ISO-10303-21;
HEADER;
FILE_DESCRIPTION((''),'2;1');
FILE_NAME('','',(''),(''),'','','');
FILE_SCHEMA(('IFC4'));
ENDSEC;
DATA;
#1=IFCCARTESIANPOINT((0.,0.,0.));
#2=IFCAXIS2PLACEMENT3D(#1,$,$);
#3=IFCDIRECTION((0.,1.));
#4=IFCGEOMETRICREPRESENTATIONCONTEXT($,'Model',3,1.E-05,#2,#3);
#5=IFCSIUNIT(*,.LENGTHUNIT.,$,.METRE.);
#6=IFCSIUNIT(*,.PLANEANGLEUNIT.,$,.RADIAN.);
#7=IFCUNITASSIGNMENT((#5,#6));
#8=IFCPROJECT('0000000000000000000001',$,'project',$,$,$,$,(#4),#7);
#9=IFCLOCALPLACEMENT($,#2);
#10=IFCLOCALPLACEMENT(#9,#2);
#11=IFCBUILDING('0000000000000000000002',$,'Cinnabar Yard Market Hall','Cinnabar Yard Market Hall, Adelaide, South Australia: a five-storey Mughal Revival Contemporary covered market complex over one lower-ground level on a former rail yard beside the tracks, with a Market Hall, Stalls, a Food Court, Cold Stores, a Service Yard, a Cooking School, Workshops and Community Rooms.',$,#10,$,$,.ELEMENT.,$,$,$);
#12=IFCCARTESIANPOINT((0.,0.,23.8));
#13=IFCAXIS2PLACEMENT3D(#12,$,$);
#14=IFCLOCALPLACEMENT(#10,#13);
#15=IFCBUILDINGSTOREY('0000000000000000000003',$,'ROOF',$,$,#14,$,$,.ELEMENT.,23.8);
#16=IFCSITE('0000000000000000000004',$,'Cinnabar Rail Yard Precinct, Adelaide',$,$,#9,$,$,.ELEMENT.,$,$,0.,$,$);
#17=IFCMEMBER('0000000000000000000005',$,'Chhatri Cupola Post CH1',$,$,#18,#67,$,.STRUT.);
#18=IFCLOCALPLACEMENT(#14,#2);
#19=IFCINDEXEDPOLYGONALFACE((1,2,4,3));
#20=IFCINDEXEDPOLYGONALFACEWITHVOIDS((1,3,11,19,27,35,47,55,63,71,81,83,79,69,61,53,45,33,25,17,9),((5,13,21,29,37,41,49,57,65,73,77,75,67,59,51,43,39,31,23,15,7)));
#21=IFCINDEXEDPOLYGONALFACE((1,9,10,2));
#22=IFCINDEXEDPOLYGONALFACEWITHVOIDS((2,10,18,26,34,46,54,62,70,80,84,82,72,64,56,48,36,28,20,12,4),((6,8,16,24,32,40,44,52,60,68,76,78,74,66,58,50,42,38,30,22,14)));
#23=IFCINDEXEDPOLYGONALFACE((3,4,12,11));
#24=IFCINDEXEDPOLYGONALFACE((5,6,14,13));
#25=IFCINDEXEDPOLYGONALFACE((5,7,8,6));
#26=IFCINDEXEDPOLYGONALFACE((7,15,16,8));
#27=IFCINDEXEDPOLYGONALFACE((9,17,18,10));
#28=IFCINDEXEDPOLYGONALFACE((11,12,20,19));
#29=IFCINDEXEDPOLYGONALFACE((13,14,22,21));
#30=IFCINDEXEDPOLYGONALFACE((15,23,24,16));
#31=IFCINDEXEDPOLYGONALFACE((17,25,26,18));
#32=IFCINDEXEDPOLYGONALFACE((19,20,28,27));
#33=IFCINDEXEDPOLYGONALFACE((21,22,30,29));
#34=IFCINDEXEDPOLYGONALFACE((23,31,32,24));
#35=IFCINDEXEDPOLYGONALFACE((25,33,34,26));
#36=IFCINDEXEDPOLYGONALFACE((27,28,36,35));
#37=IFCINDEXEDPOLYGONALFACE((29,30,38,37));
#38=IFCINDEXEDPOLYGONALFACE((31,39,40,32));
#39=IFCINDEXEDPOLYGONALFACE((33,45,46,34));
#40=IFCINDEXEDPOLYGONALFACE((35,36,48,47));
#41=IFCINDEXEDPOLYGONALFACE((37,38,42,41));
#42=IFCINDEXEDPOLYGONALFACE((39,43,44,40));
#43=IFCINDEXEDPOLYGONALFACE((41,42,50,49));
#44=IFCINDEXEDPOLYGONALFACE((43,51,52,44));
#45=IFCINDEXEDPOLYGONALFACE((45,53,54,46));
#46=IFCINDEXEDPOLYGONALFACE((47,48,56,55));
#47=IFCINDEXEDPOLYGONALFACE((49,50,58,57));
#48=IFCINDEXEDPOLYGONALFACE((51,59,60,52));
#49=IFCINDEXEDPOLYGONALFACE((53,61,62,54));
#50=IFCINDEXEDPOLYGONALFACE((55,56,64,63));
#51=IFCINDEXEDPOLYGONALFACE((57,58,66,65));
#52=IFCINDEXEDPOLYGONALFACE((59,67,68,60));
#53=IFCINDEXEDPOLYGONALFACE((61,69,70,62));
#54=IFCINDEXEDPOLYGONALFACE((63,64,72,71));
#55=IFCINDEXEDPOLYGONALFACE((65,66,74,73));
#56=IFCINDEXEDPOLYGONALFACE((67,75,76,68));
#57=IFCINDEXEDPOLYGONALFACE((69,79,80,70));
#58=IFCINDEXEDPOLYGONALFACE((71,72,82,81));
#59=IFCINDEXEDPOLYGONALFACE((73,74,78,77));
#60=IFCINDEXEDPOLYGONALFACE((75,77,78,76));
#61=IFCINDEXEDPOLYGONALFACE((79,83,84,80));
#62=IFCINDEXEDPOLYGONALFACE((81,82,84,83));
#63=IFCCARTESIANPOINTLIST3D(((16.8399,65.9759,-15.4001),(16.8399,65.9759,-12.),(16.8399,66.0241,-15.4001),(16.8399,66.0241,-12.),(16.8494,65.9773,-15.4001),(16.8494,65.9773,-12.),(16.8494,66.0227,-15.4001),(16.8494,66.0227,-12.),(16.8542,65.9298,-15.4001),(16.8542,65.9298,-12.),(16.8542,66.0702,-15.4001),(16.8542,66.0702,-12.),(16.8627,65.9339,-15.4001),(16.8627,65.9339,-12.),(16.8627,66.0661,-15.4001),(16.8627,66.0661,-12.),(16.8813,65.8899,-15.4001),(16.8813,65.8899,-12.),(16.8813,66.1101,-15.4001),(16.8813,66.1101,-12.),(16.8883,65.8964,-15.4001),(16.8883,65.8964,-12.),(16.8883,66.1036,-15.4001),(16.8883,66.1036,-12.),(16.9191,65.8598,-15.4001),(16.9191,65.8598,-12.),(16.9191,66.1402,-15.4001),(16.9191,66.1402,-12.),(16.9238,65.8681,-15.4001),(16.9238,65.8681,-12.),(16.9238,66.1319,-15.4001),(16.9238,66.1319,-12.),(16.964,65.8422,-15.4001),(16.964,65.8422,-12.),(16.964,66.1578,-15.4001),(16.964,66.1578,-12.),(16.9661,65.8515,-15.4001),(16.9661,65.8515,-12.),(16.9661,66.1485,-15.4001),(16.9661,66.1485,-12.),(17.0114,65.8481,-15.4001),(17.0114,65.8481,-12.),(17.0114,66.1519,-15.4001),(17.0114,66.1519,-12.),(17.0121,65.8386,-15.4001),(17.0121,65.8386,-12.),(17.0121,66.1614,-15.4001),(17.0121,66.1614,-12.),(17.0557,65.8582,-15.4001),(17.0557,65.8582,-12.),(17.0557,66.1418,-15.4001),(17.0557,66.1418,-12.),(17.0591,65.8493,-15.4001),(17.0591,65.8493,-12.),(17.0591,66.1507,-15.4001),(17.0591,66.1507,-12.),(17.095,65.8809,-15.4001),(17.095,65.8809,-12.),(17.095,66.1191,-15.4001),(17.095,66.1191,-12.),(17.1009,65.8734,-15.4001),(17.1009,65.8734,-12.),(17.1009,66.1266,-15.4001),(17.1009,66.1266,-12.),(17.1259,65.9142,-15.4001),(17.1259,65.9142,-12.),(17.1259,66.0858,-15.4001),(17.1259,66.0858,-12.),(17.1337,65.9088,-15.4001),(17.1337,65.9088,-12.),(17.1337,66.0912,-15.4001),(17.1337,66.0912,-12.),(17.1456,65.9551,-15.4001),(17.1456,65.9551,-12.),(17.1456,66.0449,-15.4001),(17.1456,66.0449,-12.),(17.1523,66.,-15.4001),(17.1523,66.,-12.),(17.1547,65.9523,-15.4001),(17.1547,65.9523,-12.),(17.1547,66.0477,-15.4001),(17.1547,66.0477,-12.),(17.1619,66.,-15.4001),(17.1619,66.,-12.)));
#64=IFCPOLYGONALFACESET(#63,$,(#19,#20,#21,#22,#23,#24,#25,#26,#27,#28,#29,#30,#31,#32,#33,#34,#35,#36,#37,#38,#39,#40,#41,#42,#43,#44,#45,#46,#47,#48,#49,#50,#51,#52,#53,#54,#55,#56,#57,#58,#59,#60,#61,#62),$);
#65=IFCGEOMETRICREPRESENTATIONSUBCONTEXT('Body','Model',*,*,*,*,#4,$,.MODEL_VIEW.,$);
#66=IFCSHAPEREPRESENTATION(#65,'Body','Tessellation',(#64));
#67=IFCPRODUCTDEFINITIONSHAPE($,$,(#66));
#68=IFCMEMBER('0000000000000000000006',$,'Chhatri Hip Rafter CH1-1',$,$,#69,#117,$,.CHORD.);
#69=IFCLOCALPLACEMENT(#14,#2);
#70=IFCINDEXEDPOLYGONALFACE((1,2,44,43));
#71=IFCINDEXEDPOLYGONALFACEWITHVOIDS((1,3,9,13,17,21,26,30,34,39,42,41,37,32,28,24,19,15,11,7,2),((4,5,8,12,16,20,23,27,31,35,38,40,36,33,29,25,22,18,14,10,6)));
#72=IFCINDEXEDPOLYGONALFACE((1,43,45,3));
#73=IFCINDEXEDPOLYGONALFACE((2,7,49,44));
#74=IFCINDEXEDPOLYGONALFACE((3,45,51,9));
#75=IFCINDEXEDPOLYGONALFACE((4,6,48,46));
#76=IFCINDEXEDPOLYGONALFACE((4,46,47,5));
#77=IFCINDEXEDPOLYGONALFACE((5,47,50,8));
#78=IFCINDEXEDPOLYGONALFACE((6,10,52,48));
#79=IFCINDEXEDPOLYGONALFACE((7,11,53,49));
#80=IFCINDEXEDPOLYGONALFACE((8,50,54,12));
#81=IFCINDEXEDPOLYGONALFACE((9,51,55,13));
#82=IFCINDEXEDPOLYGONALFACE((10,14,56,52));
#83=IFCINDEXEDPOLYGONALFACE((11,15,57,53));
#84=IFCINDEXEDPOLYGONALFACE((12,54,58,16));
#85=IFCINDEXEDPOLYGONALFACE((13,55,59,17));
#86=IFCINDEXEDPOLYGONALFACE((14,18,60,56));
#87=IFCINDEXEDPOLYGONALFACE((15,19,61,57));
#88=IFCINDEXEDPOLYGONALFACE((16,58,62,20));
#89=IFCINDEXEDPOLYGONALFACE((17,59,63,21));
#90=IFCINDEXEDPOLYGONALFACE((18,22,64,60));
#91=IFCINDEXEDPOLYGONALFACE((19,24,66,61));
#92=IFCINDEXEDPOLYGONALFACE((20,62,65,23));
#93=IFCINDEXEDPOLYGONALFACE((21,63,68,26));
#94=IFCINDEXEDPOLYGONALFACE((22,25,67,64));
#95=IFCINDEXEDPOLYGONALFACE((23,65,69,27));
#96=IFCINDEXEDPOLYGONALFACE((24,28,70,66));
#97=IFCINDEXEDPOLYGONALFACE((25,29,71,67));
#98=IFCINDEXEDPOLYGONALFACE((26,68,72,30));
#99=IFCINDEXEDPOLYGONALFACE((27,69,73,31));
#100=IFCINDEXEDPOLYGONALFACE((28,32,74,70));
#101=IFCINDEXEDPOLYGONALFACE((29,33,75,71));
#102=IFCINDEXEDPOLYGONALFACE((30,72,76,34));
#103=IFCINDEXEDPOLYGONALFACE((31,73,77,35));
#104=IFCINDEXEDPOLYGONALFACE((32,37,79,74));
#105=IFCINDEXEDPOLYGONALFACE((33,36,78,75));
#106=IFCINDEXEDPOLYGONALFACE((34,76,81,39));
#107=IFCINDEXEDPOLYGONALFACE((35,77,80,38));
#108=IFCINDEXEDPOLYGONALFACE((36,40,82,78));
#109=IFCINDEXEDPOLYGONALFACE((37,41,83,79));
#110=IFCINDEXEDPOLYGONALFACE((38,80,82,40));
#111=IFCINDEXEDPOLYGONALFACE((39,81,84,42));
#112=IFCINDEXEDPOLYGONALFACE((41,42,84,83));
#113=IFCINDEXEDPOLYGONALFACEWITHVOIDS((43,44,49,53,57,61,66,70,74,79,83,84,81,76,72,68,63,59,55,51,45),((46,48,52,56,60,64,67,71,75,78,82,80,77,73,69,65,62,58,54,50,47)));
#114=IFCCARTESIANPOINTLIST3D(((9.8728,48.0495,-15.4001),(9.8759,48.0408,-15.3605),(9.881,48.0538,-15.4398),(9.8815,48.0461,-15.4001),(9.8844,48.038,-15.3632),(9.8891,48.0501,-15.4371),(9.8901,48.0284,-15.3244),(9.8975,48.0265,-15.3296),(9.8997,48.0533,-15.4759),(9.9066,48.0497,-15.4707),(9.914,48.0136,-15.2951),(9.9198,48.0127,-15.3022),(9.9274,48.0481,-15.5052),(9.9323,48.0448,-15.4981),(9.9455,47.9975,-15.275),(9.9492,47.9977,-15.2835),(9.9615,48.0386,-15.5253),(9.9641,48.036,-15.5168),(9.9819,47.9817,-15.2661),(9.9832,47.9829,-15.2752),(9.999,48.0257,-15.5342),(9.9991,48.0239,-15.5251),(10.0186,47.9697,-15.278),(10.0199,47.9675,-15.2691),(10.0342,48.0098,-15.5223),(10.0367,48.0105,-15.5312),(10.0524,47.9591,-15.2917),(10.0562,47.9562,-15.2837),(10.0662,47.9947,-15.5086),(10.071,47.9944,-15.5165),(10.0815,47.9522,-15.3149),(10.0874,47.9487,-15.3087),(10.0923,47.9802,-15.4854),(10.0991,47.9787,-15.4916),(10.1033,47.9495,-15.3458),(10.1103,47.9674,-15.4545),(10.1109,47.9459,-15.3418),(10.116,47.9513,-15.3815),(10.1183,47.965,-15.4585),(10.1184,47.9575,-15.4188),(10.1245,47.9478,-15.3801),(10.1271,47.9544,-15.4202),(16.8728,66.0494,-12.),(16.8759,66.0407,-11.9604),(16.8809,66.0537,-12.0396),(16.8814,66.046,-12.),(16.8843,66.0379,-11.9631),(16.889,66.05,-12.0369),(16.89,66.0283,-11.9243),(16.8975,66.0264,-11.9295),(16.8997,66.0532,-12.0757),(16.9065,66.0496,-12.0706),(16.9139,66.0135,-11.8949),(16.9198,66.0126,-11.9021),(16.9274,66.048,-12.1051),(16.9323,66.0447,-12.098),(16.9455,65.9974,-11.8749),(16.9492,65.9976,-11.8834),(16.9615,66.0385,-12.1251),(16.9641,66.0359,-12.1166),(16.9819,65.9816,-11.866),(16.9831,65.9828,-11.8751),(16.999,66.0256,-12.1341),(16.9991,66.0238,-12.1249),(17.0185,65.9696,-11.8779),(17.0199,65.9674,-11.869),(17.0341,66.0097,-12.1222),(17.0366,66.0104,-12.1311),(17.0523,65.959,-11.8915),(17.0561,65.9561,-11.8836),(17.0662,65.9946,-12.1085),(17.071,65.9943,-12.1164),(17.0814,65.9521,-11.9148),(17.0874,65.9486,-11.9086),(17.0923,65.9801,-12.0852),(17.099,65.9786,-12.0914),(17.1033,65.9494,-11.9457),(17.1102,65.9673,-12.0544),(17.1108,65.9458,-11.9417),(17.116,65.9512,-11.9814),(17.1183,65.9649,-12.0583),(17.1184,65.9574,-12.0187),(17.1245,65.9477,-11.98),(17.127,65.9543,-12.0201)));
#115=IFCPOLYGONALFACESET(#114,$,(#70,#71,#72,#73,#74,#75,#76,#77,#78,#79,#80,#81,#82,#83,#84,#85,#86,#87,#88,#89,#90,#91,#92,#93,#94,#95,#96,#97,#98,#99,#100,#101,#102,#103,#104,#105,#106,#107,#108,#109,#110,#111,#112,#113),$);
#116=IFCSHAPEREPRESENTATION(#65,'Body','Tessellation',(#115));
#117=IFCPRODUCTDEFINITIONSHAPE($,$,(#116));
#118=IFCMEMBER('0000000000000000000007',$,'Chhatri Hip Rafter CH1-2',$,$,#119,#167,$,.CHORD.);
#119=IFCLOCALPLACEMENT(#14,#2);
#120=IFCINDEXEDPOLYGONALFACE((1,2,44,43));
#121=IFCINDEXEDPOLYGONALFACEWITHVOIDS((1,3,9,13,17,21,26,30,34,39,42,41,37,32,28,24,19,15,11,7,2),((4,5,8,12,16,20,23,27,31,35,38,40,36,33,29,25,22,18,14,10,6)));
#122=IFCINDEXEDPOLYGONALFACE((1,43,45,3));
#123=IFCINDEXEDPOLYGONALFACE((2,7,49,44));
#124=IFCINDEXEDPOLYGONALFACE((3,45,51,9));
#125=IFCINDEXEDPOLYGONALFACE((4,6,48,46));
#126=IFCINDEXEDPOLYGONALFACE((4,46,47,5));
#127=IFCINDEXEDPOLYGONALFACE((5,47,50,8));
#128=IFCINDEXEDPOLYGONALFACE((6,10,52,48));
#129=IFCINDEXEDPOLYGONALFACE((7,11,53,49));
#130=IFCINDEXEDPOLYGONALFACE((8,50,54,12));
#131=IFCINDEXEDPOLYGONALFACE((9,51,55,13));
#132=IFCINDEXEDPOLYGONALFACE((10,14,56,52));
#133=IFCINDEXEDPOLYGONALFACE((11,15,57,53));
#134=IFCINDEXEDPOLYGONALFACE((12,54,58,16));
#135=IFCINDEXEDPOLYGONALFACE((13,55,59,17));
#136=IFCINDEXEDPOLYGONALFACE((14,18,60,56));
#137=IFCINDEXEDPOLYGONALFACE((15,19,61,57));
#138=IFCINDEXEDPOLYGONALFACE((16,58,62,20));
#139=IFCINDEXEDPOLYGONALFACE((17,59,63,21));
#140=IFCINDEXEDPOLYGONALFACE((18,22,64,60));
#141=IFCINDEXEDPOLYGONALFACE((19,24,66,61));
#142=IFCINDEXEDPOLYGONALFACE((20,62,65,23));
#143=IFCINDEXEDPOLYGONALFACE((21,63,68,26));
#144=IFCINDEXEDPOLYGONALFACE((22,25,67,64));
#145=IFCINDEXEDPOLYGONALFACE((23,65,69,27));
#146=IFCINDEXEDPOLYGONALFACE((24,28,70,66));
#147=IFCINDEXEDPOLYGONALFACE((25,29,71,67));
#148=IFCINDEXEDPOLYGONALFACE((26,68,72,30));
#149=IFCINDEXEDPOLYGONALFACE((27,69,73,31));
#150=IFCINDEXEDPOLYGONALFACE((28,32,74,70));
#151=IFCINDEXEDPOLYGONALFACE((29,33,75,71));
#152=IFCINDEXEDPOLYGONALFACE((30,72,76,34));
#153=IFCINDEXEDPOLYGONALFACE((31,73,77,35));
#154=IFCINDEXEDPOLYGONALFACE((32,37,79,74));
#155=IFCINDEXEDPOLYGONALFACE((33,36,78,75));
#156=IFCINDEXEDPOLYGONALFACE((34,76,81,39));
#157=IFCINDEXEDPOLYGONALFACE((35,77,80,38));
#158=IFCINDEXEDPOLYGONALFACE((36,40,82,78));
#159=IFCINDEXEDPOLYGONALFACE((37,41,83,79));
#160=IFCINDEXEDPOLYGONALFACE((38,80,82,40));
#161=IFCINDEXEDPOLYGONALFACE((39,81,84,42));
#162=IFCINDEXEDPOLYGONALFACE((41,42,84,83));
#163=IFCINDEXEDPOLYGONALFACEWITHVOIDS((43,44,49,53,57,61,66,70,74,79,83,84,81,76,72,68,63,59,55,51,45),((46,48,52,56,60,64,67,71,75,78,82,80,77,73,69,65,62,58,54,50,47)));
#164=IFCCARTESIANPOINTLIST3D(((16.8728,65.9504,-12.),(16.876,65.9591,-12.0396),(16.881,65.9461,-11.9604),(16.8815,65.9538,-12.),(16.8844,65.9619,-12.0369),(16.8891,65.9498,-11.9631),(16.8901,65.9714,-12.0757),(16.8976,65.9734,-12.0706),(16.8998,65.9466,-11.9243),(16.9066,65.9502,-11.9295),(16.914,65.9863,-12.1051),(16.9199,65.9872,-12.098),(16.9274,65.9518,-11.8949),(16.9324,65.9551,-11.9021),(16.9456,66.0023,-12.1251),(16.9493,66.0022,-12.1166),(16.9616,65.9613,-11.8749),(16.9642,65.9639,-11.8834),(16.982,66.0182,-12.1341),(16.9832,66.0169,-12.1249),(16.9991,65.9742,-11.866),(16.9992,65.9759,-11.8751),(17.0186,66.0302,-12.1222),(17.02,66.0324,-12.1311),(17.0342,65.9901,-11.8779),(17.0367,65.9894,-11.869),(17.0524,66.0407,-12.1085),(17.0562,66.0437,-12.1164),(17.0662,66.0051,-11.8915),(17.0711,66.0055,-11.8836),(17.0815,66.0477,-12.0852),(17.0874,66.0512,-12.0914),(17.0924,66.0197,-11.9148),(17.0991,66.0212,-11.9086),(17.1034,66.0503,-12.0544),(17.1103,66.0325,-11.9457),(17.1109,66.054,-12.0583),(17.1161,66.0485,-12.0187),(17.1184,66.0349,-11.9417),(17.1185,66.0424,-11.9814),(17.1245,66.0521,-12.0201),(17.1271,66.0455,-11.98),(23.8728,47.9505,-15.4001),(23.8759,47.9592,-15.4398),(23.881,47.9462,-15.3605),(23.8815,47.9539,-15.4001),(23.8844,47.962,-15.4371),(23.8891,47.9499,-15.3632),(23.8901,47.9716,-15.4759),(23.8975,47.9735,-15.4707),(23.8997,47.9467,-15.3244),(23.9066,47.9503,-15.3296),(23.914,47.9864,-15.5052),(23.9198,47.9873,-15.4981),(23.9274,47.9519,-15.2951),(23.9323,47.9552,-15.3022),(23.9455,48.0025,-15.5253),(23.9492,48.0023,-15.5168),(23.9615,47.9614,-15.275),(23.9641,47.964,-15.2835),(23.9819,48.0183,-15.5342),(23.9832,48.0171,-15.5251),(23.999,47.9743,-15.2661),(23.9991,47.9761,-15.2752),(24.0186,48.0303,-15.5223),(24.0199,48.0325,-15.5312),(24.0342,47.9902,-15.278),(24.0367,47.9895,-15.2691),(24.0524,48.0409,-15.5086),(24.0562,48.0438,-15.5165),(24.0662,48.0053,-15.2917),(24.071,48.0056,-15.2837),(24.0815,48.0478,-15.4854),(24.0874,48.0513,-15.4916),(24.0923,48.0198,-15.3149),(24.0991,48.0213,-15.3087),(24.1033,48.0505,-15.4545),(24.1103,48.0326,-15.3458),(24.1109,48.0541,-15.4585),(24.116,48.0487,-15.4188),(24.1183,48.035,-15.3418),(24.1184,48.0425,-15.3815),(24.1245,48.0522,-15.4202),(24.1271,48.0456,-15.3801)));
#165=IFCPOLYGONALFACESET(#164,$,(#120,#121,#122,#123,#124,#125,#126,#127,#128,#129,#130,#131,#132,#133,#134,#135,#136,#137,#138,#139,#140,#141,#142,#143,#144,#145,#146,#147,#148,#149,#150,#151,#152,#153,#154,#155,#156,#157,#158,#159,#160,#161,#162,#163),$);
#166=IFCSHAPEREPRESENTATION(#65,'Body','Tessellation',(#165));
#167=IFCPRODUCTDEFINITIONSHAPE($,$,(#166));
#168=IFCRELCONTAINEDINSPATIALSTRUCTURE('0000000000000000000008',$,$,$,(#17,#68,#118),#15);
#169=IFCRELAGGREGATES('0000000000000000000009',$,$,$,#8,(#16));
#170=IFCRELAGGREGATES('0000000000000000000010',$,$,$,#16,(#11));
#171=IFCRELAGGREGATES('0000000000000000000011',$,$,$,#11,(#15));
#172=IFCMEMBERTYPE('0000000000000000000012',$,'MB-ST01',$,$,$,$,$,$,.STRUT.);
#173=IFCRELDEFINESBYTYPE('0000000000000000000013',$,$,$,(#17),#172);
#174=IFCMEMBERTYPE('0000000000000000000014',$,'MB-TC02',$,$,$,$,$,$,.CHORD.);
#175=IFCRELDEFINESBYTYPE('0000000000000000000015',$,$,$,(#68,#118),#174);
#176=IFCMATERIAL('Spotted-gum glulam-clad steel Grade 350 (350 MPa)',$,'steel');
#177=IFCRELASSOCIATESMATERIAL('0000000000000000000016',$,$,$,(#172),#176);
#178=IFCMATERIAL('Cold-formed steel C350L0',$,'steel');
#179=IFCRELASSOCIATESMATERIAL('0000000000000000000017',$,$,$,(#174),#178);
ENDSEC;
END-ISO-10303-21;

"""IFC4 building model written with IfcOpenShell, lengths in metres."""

from ifc_helpers import new_model, si_unit, direction, frame, origin, origin_2d_with_axis, place, context, subcontext, project, spatial, hollow_circle, extrude, material, material_profile, profile_set, type_object, element, save


model = new_model("IFC4")

# Units and contexts
model_context = context("Model", 3, precision=1e-05, world=origin(), true_north=direction((0.0, 1.0)))
body_context = subcontext(model_context, "Body", "Model", "MODEL_VIEW")
ifc_project = project(units=[si_unit("LENGTHUNIT", "METRE"), si_unit("PLANEANGLEUNIT", "RADIAN")], contexts=[model_context])

# Site, building, storey
site_placement = place(None, origin())
site = spatial("IfcSite", under=ifc_project, at=site_placement, Name="Cinnabar Rail Yard Precinct, Adelaide", CompositionType="ELEMENT", RefElevation=0.0)
building_placement = place(site_placement, origin())
building = spatial("IfcBuilding", under=site, at=building_placement, Name="Cinnabar Yard Market Hall", Description="Cinnabar Yard Market Hall, Adelaide, South Australia: a five-storey Mughal Revival Contemporary covered market complex over one lower-ground level on a former rail yard beside the tracks, with a Market Hall, Stalls, a Food Court, Cold Stores, a Service Yard, a Cooking School, Workshops and Community Rooms.", CompositionType="ELEMENT")
storey_placement = place(building_placement, frame((0.0, 0.0, 23.8)))
storey = spatial("IfcBuildingStorey", under=building, at=storey_placement, Name="ROOF", CompositionType="ELEMENT", Elevation=23.8)

# Members
ifc_material_1 = material(Name="Spotted-gum glulam-clad steel Grade 350 (350 MPa)", Category="steel")
ifc_material_profile_1 = material_profile(ifc_material_1, hollow_circle(Radius=0.1619, WallThickness=0.0095, at=origin_2d_with_axis()), Name="323.9x9.5CHS")
ifc_profile_set_1 = profile_set([ifc_material_profile_1], Name="Spotted-gum glulam-clad steel Grade 350 (350 MPa)")
member_type_1 = type_object("IfcMemberType", Name="MB-ST01", PredefinedType="STRUT", material=ifc_profile_set_1)
member_1_placement = place(storey_placement, frame((17.0, 66.0, -15.4001), z_axis=(0.0, 0.0, 1.0), x_axis=(1.0, 0.0, 0.0)))
element("IfcMember", 1, at=member_1_placement, inside=storey, type_object=member_type_1, Name="Chhatri Cupola Post CH1", PredefinedType="STRUT", context=body_context, shape_type="SweptSolid", body=[
    extrude(hollow_circle(Radius=0.1619, WallThickness=0.0095, at=origin_2d_with_axis()), origin(), (0.0, 0.0, 1.0), 3.4001),
])
ifc_material_2 = material(Name="Cold-formed steel C350L0", Category="steel")
ifc_material_profile_2 = material_profile(ifc_material_2, hollow_circle(Radius=0.1365, WallThickness=0.0093, at=origin_2d_with_axis()), Name="273.1x9.3CHS")
ifc_profile_set_2 = profile_set([ifc_material_profile_2], Name="Cold-formed steel C350L0")
member_type_2 = type_object("IfcMemberType", Name="MB-TC02", PredefinedType="CHORD", material=ifc_profile_set_2)
for number, where, z_axis, x_axis, name in (
    (2, (10.0, 48.0, -15.4001), (0.356957, 0.917888, 0.173386), (-0.932005, 0.362446, 0.0), "Chhatri Hip Rafter CH1-1"),
    (3, (24.0, 48.0, -15.4001), (-0.356957, 0.917888, 0.173386), (-0.932005, -0.362446, 0.0), "Chhatri Hip Rafter CH1-2"),
):
    element("IfcMember", number, at=place(storey_placement, frame(where, z_axis=z_axis, x_axis=x_axis)), inside=storey, type_object=member_type_2, Name=name, PredefinedType="CHORD", context=body_context, shape_type="SweptSolid", body=[
        extrude(hollow_circle(Radius=0.1365, WallThickness=0.0093, at=origin_2d_with_axis()), origin(), (0.0, 0.0, 1.0), 19.6101),
    ])

save(model, "model.ifc")
